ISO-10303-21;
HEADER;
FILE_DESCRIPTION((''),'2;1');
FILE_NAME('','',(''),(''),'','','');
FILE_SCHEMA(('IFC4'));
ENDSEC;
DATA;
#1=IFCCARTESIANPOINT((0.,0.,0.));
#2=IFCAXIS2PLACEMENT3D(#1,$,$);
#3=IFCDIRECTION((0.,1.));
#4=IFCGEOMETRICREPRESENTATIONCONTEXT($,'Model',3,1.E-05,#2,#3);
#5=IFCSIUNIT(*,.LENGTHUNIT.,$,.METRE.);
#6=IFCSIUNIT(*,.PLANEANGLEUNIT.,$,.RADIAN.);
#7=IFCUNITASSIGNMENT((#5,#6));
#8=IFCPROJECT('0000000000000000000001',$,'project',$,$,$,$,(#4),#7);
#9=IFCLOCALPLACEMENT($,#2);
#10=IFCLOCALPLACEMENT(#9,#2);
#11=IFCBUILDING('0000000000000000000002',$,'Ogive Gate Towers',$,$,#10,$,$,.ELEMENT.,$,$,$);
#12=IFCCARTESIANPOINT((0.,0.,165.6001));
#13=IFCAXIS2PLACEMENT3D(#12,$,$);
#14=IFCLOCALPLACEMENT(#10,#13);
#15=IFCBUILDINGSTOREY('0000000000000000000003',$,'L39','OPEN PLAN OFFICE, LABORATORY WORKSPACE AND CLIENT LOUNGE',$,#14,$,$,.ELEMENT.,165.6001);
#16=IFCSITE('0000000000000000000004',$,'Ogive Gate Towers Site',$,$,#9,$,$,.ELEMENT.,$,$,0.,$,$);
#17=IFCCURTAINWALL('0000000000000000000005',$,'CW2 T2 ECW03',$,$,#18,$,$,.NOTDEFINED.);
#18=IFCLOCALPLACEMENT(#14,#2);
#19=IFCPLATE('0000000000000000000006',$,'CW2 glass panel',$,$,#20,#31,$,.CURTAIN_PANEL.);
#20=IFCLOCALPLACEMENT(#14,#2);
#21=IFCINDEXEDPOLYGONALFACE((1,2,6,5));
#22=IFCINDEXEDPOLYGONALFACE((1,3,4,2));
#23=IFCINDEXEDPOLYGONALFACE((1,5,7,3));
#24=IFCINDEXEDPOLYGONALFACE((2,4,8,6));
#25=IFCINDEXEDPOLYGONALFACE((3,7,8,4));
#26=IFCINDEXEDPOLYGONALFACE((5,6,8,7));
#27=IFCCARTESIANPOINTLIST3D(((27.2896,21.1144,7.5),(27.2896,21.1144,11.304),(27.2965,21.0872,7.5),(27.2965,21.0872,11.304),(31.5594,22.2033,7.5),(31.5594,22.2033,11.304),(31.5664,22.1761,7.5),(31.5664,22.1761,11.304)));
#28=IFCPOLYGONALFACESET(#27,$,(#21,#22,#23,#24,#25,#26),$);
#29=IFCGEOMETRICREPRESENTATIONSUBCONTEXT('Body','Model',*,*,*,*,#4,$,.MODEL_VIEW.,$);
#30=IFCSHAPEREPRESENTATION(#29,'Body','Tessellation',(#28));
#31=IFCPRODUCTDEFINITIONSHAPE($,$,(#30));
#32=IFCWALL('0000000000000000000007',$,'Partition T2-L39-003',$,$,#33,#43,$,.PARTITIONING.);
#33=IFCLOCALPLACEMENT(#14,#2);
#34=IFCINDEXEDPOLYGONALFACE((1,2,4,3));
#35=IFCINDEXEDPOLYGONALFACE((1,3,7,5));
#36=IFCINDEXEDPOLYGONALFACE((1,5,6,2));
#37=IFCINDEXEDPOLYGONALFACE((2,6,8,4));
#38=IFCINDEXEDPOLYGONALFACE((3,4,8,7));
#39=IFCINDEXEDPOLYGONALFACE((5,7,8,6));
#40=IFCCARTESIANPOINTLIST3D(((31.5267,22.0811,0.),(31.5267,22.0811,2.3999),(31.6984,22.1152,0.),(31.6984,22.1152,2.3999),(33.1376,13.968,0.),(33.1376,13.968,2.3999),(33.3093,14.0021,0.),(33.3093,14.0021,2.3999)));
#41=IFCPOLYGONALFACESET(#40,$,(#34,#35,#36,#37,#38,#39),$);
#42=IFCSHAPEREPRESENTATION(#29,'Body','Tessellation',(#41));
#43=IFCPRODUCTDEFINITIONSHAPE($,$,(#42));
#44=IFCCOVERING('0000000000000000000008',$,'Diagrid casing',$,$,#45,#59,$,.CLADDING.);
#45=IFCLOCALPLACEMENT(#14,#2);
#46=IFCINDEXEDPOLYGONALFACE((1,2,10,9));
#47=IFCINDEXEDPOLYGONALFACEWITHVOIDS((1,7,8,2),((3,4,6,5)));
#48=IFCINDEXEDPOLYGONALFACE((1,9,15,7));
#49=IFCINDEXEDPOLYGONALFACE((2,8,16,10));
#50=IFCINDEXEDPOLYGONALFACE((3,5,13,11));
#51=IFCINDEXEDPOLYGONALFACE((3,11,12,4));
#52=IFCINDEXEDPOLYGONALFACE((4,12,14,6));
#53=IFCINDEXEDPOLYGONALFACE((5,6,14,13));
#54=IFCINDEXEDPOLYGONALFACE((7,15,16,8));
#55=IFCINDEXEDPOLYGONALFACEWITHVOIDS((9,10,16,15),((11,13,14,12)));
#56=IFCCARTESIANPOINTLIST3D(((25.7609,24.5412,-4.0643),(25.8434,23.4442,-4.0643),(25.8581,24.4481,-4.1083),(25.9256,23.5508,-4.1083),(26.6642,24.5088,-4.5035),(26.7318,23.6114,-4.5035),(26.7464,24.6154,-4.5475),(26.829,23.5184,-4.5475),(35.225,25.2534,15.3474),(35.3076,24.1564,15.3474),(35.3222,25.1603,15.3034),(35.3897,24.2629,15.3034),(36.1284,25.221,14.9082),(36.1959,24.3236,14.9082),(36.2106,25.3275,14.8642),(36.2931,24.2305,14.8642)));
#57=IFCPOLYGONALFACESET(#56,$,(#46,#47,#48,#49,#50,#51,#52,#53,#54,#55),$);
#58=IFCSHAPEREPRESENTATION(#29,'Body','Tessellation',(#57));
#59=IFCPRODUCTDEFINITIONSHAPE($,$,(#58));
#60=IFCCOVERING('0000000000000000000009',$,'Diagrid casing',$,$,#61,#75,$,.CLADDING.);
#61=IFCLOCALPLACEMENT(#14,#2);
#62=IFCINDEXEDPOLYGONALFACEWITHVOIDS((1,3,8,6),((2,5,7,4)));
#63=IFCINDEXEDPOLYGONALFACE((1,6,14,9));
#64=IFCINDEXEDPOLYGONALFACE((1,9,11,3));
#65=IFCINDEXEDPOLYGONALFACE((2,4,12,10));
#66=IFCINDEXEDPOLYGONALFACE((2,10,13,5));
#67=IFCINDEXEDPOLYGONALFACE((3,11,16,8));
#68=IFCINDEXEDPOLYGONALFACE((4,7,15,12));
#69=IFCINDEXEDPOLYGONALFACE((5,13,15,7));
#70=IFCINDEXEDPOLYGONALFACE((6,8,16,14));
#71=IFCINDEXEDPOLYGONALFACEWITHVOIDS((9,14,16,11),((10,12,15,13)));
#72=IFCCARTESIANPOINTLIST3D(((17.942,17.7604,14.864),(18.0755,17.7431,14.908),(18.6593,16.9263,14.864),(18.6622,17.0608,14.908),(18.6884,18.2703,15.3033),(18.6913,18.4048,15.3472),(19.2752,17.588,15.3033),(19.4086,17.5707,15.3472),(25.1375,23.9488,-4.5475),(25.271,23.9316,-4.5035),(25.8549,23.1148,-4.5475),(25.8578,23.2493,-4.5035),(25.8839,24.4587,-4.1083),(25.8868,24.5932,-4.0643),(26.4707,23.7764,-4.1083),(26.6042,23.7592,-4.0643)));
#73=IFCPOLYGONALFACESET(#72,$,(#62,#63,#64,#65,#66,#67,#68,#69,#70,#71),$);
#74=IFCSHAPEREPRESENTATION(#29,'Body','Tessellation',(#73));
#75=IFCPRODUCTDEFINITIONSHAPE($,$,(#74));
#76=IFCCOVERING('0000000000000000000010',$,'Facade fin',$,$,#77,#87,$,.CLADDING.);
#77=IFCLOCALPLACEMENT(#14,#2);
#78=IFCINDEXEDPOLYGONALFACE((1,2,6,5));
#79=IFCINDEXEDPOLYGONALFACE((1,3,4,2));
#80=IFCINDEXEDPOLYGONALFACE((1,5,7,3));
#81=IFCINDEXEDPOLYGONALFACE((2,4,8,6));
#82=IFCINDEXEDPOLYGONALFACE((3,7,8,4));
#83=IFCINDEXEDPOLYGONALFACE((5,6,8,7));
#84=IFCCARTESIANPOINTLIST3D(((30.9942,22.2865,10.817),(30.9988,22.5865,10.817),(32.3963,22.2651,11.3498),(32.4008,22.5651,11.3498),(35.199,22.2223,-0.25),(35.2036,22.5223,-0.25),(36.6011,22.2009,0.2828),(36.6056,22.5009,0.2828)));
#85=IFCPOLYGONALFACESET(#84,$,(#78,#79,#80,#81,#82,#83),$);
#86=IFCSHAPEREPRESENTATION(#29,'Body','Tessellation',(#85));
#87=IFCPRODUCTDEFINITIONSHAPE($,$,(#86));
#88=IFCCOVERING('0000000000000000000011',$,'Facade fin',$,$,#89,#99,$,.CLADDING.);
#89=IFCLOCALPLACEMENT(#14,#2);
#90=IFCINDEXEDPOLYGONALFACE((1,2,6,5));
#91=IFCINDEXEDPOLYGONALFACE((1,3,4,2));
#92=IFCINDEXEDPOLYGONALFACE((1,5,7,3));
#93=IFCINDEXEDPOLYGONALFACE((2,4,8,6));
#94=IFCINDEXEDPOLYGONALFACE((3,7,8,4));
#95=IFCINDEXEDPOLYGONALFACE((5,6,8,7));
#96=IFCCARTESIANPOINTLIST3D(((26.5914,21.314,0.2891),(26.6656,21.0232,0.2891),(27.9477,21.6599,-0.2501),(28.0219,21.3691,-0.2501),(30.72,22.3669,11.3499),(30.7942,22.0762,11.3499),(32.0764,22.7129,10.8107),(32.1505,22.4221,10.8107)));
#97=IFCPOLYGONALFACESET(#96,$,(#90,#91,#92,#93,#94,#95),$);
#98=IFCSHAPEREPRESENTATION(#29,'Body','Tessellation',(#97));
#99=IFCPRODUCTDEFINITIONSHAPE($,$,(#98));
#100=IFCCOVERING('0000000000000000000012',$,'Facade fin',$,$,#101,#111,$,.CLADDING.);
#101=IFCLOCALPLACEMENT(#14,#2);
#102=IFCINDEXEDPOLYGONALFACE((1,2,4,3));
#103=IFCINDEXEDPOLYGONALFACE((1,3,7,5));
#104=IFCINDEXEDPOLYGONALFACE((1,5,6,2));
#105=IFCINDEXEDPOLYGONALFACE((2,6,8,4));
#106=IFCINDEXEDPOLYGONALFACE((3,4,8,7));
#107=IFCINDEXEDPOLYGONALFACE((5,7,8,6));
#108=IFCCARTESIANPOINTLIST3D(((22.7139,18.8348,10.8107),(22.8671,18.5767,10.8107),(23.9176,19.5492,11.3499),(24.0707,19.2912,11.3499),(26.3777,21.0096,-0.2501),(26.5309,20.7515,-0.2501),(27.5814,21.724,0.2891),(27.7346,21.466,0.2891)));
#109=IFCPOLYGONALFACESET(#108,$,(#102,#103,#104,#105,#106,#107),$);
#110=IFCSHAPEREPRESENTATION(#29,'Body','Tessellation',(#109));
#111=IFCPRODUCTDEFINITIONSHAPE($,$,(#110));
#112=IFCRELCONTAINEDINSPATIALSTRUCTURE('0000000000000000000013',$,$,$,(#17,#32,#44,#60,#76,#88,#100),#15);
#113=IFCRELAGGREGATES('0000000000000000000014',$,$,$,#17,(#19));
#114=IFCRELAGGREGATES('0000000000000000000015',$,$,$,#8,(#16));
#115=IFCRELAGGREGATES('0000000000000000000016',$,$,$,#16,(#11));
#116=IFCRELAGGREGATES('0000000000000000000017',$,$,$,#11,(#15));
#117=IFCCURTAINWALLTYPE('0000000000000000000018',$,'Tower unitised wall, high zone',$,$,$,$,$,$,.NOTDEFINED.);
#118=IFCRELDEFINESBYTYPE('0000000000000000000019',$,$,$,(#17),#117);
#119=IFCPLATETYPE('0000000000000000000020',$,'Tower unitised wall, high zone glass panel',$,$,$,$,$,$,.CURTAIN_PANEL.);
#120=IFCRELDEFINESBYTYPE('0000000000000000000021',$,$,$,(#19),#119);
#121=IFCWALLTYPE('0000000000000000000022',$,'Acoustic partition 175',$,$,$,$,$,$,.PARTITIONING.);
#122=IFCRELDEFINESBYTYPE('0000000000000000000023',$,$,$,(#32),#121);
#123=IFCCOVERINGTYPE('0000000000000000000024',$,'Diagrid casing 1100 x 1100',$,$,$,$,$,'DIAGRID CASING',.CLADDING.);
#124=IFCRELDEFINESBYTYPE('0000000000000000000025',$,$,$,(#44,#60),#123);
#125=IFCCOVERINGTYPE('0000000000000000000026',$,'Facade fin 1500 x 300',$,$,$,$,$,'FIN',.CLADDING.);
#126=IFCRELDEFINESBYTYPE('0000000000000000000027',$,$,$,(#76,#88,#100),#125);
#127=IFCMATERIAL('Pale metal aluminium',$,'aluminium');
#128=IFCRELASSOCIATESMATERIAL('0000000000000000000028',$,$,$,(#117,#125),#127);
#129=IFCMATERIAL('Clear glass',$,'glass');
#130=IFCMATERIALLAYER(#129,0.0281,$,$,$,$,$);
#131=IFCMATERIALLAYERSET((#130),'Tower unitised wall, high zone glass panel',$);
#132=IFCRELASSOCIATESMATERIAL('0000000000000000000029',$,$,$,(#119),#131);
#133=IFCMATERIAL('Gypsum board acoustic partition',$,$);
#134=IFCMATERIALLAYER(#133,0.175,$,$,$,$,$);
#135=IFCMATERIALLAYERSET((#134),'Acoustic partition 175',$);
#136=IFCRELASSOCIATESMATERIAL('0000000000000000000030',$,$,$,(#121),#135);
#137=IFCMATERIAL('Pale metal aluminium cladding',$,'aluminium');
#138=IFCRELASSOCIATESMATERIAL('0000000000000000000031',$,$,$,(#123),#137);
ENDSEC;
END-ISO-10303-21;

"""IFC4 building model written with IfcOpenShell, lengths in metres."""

from ifc_helpers import new_model, si_unit, direction, frame, frame_2d, origin, origin_2d, place, context, subcontext, project, spatial, rectangle, hollow_rectangle, extrude, material, layer, layer_set, material_profile, profile_set, type_object, element, aggregate, save


model = new_model("IFC4")

# Units and contexts
model_context = context("Model", 3, precision=1e-05, world=origin(), true_north=direction((0.0, 1.0)))
body_context = subcontext(model_context, "Body", "Model", "MODEL_VIEW")
ifc_project = project(units=[si_unit("LENGTHUNIT", "METRE"), si_unit("PLANEANGLEUNIT", "RADIAN")], contexts=[model_context])

# Site, building, storey
site_placement = place(None, origin())
site = spatial("IfcSite", under=ifc_project, at=site_placement, Name="Ogive Gate Towers Site", CompositionType="ELEMENT", RefElevation=0.0)
building_placement = place(site_placement, origin())
building = spatial("IfcBuilding", under=site, at=building_placement, Name="Ogive Gate Towers", CompositionType="ELEMENT")
storey_placement = place(building_placement, frame((0.0, 0.0, 165.6001)))
storey = spatial("IfcBuildingStorey", under=building, at=storey_placement, Name="L39", Description="OPEN PLAN OFFICE, LABORATORY WORKSPACE AND CLIENT LOUNGE", CompositionType="ELEMENT", Elevation=165.6001)

# Curtain wall, plate
ifc_material_1 = material(Name="Pale metal aluminium", Category="aluminium")
curtain_wall_type = type_object("IfcCurtainWallType", Name="Tower unitised wall, high zone", PredefinedType="NOTDEFINED", material=ifc_material_1)
curtain_wall_placement = place(storey_placement, origin())
curtain_wall = element("IfcCurtainWall", 1, at=curtain_wall_placement, inside=storey, type_object=curtain_wall_type, Name="CW2 T2 ECW03", PredefinedType="NOTDEFINED")
ifc_material_2 = material(Name="Clear glass", Category="glass")
ifc_layer_1 = layer(ifc_material_2, 0.0281)
ifc_layer_set_1 = layer_set([ifc_layer_1], Name="Tower unitised wall, high zone glass panel")
plate_type = type_object("IfcPlateType", Name="Tower unitised wall, high zone glass panel", PredefinedType="CURTAIN_PANEL", material=ifc_layer_set_1)
plate_1_placement = place(storey_placement, frame((29.428, 21.6453, 7.5), z_axis=(0.0, 0.0, 1.0), x_axis=(-0.96899, -0.2471, 0.0)))
plate_1 = element("IfcPlate", 2, at=plate_1_placement, type_object=plate_type, Name="CW2 glass panel", PredefinedType="CURTAIN_PANEL", context=body_context, shape_type="SweptSolid", body=[
    extrude(rectangle(XDim=4.4065, YDim=0.0281, at=origin_2d()), origin(), (0.0, 0.0, 1.0), 3.804),
])
aggregate(curtain_wall, [plate_1])

# Wall
ifc_material_3 = material(Name="Gypsum board acoustic partition")
ifc_layer_2 = layer(ifc_material_3, 0.175)
ifc_layer_set_2 = layer_set([ifc_layer_2], Name="Acoustic partition 175")
wall_type = type_object("IfcWallType", Name="Acoustic partition 175", PredefinedType="PARTITIONING", material=ifc_layer_set_2)
wall_placement = place(storey_placement, frame((31.6125, 22.0981, 0.0), z_axis=(0.0, 0.0, 1.0), x_axis=(0.194748, -0.980853, 0.0)))
element("IfcWall", 3, at=wall_placement, inside=storey, type_object=wall_type, Name="Partition T2-L39-003", PredefinedType="PARTITIONING", context=body_context, shape_type="SweptSolid", body=[
    extrude(rectangle(XDim=8.2715, YDim=0.175, at=frame_2d((4.1357, 0.0))), origin(), (0.0, 0.0, 1.0), 2.3999),
])

# Coverings
ifc_material_4 = material(Name="Pale metal aluminium cladding", Category="aluminium")
ifc_material_profile_1 = material_profile(ifc_material_4, hollow_rectangle(XDim=1.1001, YDim=1.1001, WallThickness=0.1001, at=origin_2d()), Name="1100 x 1100 pale metal casing")
ifc_profile_set_1 = profile_set([ifc_material_profile_1], Name="Pale metal aluminium cladding")
covering_type_1 = type_object("IfcCoveringType", Name="Diagrid casing 1100 x 1100", ElementType="DIAGRID CASING", PredefinedType="CLADDING", material=ifc_profile_set_1)
covering_1_placement = place(storey_placement, frame((26.2949, 24.0298, -4.3059), z_axis=(0.438, 0.032959, 0.898371), x_axis=(-0.075036, 0.997181, 0.0)))
element("IfcCovering", 4, at=covering_1_placement, inside=storey, type_object=covering_type_1, Name="Diagrid casing", PredefinedType="CLADDING", context=body_context, shape_type="SweptSolid", body=[
    extrude(hollow_rectangle(XDim=1.1001, YDim=1.1001, WallThickness=0.1001, at=origin_2d()), origin(), (0.0, 0.0, 1.0), 21.6077),
])
covering_2_placement = place(storey_placement, frame((25.8708, 23.854, -4.3059), z_axis=(-0.333012, -0.286404, 0.898374), x_axis=(0.652057, -0.75817, 0.0)))
element("IfcCovering", 5, at=covering_2_placement, inside=storey, type_object=covering_type_1, Name="Diagrid casing", PredefinedType="CLADDING", context=body_context, shape_type="SweptSolid", body=[
    extrude(hollow_rectangle(XDim=1.1001, YDim=1.1001, WallThickness=0.1001, at=origin_2d()), origin(), (0.0, 0.0, 1.0), 21.6074),
])
ifc_material_profile_2 = material_profile(ifc_material_1, rectangle(XDim=0.3, YDim=1.5, at=origin_2d()), Name="1500 x 300 pale metal aluminium")
ifc_profile_set_2 = profile_set([ifc_material_profile_2], Name="Pale metal aluminium")
covering_type_2 = type_object("IfcCoveringType", Name="Facade fin 1500 x 300", ElementType="FIN", PredefinedType="CLADDING", material=ifc_profile_set_2)
covering_3_placement = place(storey_placement, frame((35.9023, 22.3616, 0.0164), z_axis=(-0.355162, 0.005423, 0.934789), x_axis=(-0.015268, -0.999883, 0.0)))
element("IfcCovering", 6, at=covering_3_placement, inside=storey, type_object=covering_type_2, Name="Facade fin", PredefinedType="CLADDING", context=body_context, shape_type="SweptSolid", body=[
    extrude(rectangle(XDim=0.3, YDim=1.5, at=origin_2d()), origin(), (0.0, 0.0, 1.0), 11.8391),
])
for number, where, z_axis, x_axis, name in (
    (7, (27.3066, 21.3416, 0.0195), (0.34832, 0.088836, 0.933157), (-0.24713, 0.968982, 0.0), "Facade fin"),
    (8, (27.0562, 21.2378, 0.0195), (-0.309104, -0.183481, 0.933161), (0.510437, -0.859915, 0.0), "Facade fin"),
):
    element("IfcCovering", number, at=place(storey_placement, frame(where, z_axis=z_axis, x_axis=x_axis)), inside=storey, type_object=covering_type_2, Name=name, PredefinedType="CLADDING", context=body_context, shape_type="SweptSolid", body=[
        extrude(rectangle(XDim=0.3, YDim=1.5, at=origin_2d()), origin(), (0.0, 0.0, 1.0), 11.853),
    ])

save(model, "model.ifc")
